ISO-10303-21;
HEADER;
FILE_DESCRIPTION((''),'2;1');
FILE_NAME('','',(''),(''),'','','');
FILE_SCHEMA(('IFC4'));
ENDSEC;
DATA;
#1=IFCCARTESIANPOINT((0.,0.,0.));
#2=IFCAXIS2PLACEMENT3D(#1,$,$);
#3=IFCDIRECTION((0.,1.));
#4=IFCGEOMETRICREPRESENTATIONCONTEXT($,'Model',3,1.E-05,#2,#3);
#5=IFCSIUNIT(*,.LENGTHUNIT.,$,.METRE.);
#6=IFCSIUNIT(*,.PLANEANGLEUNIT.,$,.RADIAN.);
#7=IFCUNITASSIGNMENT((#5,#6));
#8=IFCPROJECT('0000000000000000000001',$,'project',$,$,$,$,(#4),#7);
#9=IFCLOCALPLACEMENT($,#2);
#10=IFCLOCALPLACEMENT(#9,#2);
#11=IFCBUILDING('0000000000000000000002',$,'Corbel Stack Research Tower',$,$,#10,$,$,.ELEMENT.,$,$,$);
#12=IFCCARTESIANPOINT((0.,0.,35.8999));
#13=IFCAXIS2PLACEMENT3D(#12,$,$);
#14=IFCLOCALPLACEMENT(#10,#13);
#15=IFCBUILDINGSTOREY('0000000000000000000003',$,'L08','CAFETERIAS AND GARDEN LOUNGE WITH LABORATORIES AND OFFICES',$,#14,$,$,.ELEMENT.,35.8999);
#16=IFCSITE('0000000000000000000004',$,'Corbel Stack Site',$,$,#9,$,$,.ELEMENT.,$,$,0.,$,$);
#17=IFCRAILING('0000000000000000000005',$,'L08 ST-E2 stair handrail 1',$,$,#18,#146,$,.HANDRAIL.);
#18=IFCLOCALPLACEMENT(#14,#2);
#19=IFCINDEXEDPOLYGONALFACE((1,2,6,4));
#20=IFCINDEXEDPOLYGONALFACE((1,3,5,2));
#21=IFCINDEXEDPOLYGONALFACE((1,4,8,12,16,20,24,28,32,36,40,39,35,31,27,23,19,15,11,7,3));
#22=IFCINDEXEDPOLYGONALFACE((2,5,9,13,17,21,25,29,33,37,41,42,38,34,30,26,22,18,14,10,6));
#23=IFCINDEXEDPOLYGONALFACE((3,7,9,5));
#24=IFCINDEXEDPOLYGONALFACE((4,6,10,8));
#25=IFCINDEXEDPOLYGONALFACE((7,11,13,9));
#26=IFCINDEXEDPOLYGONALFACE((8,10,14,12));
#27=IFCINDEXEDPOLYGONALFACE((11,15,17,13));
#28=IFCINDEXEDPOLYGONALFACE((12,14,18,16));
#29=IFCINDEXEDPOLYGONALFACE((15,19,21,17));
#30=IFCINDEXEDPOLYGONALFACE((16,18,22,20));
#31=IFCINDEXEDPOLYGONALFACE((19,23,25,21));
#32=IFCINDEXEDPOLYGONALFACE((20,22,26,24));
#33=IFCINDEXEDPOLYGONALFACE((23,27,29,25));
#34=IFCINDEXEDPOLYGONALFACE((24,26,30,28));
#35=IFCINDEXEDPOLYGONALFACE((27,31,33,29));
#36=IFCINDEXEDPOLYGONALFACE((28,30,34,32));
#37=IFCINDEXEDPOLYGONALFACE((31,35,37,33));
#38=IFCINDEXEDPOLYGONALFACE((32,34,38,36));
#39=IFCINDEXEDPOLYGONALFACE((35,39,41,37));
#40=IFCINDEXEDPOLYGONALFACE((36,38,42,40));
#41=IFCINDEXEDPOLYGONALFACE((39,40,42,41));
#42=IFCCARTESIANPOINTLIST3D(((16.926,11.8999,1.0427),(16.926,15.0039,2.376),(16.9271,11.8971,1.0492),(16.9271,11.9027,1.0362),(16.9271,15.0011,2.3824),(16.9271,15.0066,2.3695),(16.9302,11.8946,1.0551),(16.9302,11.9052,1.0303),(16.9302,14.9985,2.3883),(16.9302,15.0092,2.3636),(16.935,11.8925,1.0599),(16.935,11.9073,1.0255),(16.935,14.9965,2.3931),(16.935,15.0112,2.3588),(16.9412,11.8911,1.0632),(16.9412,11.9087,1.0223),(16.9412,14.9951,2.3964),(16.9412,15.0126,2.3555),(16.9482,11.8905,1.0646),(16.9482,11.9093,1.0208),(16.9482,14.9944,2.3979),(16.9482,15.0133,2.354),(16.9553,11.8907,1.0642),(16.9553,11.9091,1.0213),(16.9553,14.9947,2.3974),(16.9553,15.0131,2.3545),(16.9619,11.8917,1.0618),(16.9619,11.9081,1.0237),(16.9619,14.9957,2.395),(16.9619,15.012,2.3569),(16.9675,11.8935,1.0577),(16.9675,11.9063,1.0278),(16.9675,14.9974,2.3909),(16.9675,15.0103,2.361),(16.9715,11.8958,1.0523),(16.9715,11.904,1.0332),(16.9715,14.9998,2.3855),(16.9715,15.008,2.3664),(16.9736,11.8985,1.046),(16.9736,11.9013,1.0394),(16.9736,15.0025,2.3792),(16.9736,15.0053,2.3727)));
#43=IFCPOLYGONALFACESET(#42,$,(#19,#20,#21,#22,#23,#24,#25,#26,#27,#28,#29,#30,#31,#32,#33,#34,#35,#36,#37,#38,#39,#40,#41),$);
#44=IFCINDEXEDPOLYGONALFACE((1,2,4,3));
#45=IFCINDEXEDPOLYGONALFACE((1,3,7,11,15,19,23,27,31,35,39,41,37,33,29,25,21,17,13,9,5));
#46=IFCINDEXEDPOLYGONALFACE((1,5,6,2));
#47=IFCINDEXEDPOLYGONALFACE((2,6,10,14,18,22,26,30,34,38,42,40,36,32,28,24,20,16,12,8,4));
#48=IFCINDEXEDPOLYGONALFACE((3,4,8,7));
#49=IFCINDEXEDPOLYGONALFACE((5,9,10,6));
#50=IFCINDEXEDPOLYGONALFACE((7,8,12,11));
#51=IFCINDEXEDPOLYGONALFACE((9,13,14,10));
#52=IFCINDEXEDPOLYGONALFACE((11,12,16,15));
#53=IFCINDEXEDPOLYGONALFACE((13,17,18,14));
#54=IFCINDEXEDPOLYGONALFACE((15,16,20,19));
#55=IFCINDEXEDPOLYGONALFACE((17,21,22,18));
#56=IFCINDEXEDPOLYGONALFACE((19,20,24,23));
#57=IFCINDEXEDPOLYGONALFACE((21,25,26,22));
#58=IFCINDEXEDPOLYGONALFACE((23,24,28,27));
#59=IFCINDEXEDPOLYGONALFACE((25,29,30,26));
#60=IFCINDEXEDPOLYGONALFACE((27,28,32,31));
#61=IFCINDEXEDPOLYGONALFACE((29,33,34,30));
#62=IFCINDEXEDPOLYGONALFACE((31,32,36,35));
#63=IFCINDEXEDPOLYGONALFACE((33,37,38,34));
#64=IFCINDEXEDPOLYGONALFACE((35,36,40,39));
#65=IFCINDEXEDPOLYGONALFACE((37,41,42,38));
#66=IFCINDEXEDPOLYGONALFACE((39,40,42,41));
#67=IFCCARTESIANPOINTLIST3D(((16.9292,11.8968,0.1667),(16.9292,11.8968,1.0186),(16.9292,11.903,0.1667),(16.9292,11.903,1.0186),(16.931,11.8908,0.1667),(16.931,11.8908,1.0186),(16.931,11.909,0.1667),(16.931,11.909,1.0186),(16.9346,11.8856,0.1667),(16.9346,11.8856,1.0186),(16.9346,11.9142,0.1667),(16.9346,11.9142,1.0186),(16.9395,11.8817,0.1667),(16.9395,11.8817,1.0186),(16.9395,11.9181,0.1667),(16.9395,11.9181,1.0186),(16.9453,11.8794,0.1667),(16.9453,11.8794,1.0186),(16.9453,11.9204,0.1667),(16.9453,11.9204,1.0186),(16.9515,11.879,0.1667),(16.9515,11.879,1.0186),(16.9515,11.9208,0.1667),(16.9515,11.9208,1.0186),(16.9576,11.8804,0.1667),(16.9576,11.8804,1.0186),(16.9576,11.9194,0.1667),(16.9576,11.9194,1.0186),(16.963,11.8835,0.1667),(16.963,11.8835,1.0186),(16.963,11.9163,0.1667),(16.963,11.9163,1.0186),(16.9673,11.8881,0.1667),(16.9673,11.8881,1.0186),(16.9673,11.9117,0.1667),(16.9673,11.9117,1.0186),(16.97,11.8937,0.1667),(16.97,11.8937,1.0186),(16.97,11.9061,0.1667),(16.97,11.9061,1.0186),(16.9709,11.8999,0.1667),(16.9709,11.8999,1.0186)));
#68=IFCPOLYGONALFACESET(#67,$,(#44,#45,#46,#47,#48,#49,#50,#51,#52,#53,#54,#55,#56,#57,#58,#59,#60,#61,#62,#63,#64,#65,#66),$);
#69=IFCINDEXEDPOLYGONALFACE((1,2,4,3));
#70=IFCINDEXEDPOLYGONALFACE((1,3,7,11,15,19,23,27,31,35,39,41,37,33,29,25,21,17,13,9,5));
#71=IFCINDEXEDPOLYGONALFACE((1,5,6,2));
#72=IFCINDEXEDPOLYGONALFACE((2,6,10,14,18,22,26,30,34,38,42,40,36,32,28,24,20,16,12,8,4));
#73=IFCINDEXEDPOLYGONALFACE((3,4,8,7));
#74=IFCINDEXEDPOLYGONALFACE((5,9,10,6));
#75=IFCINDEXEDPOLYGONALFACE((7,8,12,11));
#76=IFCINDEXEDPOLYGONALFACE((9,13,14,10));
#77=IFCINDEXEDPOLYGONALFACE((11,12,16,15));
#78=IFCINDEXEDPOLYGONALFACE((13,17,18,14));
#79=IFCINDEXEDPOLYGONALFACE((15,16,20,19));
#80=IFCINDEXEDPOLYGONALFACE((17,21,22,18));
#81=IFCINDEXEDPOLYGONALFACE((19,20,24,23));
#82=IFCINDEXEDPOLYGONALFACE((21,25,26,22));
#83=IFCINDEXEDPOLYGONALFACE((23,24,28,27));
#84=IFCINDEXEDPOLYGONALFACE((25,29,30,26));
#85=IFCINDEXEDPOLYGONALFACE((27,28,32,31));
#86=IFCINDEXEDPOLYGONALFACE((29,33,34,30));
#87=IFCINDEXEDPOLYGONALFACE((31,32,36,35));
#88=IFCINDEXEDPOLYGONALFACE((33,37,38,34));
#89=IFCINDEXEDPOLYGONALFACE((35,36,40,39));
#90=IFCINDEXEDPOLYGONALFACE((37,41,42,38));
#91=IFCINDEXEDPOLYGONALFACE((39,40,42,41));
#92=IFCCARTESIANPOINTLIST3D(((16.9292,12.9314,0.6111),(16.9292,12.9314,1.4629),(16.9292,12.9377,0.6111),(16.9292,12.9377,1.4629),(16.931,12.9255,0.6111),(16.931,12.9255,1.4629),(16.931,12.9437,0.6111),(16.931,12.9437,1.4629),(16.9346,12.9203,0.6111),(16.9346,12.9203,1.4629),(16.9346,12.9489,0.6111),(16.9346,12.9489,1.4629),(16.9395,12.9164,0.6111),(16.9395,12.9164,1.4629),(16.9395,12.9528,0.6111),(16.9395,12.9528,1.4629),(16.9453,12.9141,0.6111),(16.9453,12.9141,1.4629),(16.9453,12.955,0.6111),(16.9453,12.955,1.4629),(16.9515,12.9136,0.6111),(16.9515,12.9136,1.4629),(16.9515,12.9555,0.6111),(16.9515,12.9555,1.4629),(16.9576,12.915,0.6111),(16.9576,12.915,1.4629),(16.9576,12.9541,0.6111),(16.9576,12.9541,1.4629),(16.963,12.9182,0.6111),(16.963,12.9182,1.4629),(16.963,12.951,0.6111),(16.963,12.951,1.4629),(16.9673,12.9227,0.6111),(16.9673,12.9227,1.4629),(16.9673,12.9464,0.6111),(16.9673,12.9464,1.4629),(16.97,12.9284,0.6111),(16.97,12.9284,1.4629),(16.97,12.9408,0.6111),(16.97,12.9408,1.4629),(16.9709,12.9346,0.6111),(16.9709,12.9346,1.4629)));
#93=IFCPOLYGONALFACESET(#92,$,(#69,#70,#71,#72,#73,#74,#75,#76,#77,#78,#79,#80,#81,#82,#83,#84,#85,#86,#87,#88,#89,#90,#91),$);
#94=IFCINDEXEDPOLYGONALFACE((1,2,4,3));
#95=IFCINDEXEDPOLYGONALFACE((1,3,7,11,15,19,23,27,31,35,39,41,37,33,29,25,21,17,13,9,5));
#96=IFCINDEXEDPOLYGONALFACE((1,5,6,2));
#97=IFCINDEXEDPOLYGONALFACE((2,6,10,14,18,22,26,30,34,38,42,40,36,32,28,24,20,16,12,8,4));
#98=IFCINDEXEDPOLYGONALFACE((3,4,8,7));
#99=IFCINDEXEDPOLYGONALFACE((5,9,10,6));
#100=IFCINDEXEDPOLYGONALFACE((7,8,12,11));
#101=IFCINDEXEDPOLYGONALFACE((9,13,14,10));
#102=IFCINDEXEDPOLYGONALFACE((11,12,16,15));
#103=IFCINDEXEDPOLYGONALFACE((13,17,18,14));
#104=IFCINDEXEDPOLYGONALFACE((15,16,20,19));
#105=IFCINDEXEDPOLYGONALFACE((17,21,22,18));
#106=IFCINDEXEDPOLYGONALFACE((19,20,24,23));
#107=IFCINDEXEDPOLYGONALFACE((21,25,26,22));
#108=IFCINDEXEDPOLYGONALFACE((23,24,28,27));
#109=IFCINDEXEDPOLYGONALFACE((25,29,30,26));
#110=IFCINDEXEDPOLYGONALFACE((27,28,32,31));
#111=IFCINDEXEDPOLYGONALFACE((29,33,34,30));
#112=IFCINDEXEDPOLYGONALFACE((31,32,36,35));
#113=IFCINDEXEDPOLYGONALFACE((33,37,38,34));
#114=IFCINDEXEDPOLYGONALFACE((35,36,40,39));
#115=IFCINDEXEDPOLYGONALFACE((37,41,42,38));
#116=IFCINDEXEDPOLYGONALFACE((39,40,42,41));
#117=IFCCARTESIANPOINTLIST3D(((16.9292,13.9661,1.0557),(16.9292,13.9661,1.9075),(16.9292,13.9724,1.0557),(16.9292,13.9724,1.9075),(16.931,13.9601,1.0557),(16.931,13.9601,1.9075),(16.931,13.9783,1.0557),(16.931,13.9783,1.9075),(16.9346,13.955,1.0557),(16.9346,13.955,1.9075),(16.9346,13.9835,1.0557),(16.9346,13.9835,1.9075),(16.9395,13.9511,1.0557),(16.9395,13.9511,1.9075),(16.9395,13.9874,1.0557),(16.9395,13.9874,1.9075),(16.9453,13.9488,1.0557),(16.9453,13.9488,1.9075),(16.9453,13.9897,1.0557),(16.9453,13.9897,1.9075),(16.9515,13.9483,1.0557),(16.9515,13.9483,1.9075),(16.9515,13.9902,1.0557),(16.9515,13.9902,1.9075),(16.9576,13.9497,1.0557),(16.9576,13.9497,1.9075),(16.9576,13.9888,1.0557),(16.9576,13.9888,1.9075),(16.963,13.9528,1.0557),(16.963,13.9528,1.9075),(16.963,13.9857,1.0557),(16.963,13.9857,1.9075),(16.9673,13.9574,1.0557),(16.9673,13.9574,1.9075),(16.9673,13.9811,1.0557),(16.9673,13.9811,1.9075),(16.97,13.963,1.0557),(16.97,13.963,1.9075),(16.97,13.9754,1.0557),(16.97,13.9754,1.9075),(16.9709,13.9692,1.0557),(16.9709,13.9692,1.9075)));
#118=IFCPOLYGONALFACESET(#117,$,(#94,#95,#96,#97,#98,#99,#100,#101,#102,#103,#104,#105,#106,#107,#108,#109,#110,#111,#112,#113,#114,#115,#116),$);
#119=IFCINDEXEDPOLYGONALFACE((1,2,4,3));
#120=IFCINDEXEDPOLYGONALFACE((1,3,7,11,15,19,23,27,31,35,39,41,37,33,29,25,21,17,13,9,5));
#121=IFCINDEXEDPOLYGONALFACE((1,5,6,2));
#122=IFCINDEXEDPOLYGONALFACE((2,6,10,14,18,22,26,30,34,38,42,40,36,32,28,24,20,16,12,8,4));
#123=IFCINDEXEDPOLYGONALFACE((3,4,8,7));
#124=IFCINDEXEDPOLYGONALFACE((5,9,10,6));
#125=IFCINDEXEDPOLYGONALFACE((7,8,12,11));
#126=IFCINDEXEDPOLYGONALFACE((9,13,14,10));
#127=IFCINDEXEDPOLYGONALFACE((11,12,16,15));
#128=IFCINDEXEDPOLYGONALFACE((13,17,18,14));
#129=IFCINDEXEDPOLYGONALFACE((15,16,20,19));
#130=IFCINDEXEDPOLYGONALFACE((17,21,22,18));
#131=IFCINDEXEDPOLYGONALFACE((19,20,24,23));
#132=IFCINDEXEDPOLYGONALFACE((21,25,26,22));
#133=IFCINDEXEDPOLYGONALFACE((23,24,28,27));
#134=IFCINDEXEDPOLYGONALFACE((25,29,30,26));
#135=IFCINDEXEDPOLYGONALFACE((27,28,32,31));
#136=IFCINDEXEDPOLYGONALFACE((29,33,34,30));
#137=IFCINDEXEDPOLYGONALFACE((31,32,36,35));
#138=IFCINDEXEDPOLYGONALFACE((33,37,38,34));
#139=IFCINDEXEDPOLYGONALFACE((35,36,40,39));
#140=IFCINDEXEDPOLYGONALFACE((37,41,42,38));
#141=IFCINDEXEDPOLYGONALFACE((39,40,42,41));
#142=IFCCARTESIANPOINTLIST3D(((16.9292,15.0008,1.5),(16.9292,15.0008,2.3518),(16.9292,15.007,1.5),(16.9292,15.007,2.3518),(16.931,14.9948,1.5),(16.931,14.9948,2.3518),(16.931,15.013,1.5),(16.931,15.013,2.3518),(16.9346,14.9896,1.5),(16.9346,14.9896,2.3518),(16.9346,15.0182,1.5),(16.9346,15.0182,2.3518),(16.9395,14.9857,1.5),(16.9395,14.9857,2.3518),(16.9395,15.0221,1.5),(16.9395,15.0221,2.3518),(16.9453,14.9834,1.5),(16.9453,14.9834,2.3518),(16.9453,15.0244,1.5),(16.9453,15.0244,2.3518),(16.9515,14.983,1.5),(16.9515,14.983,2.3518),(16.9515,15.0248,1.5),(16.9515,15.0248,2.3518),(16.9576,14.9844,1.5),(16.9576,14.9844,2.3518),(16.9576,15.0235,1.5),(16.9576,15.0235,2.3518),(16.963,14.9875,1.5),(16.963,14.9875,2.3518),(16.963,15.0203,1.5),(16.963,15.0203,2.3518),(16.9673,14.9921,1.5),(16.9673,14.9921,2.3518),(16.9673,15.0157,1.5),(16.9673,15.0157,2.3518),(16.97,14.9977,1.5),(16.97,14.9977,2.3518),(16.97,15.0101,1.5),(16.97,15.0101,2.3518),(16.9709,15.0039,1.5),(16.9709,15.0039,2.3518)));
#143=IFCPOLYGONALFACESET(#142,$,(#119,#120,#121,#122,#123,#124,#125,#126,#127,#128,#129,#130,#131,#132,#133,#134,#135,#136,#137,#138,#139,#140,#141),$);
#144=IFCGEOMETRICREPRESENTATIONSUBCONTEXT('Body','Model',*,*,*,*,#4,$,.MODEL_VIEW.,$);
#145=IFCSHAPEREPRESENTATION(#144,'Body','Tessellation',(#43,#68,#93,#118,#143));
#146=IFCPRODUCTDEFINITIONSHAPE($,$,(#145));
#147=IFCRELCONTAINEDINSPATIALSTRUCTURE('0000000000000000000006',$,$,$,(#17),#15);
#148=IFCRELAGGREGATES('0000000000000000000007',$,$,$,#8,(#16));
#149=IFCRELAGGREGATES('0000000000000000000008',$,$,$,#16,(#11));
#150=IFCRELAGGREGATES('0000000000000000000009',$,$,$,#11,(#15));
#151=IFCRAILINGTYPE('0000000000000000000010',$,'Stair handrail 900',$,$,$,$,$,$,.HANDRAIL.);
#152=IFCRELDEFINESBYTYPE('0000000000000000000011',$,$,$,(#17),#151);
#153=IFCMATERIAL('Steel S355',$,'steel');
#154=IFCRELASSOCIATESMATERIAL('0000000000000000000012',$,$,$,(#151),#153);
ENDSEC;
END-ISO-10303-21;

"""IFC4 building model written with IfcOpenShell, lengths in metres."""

from ifc_helpers import new_model, si_unit, direction, frame, origin, origin_2d, place, context, subcontext, project, spatial, circle, extrude, material, type_object, element, save


model = new_model("IFC4")

# Units and contexts
model_context = context("Model", 3, precision=1e-05, world=origin(), true_north=direction((0.0, 1.0)))
body_context = subcontext(model_context, "Body", "Model", "MODEL_VIEW")
ifc_project = project(units=[si_unit("LENGTHUNIT", "METRE"), si_unit("PLANEANGLEUNIT", "RADIAN")], contexts=[model_context])

# Site, building, storey
site_placement = place(None, origin())
site = spatial("IfcSite", under=ifc_project, at=site_placement, Name="Corbel Stack Site", CompositionType="ELEMENT", RefElevation=0.0)
building_placement = place(site_placement, origin())
building = spatial("IfcBuilding", under=site, at=building_placement, Name="Corbel Stack Research Tower", CompositionType="ELEMENT")
storey_placement = place(building_placement, frame((0.0, 0.0, 35.8999)))
storey = spatial("IfcBuildingStorey", under=building, at=storey_placement, Name="L08", Description="CAFETERIAS AND GARDEN LOUNGE WITH LABORATORIES AND OFFICES", CompositionType="ELEMENT", Elevation=35.8999)

# Railing
ifc_material_1 = material(Name="Steel S355", Category="steel")
railing_type_1 = type_object("IfcRailingType", Name="Stair handrail 900", PredefinedType="HANDRAIL", material=ifc_material_1)
railing_1_placement = place(storey_placement, frame((16.95, 11.8999, 0.1667)))
element("IfcRailing", 1, at=railing_1_placement, inside=storey, type_object=railing_type_1, Name="L08 ST-E2 stair handrail 1", PredefinedType="HANDRAIL", context=body_context, shape_type="SweptSolid", body=[
    extrude(circle(Radius=0.0239, at=origin_2d()), frame((0.0, 0.0, 0.876), z_axis=(0.0, 0.918827, 0.394661), x_axis=(-1.0, 0.0, 0.0)), (0.0, 0.0, 1.0), 3.3782),
    extrude(circle(Radius=0.021, at=origin_2d()), origin(), (0.0, 0.0, 1.0), 0.8518),
    extrude(circle(Radius=0.021, at=origin_2d()), frame((0.0, 1.0347, 0.4443)), (0.0, 0.0, 1.0), 0.8518),
    extrude(circle(Radius=0.021, at=origin_2d()), frame((0.0, 2.0693, 0.8889)), (0.0, 0.0, 1.0), 0.8518),
    extrude(circle(Radius=0.021, at=origin_2d()), frame((0.0, 3.104, 1.3333)), (0.0, 0.0, 1.0), 0.8518),
])

save(model, "model.ifc")
